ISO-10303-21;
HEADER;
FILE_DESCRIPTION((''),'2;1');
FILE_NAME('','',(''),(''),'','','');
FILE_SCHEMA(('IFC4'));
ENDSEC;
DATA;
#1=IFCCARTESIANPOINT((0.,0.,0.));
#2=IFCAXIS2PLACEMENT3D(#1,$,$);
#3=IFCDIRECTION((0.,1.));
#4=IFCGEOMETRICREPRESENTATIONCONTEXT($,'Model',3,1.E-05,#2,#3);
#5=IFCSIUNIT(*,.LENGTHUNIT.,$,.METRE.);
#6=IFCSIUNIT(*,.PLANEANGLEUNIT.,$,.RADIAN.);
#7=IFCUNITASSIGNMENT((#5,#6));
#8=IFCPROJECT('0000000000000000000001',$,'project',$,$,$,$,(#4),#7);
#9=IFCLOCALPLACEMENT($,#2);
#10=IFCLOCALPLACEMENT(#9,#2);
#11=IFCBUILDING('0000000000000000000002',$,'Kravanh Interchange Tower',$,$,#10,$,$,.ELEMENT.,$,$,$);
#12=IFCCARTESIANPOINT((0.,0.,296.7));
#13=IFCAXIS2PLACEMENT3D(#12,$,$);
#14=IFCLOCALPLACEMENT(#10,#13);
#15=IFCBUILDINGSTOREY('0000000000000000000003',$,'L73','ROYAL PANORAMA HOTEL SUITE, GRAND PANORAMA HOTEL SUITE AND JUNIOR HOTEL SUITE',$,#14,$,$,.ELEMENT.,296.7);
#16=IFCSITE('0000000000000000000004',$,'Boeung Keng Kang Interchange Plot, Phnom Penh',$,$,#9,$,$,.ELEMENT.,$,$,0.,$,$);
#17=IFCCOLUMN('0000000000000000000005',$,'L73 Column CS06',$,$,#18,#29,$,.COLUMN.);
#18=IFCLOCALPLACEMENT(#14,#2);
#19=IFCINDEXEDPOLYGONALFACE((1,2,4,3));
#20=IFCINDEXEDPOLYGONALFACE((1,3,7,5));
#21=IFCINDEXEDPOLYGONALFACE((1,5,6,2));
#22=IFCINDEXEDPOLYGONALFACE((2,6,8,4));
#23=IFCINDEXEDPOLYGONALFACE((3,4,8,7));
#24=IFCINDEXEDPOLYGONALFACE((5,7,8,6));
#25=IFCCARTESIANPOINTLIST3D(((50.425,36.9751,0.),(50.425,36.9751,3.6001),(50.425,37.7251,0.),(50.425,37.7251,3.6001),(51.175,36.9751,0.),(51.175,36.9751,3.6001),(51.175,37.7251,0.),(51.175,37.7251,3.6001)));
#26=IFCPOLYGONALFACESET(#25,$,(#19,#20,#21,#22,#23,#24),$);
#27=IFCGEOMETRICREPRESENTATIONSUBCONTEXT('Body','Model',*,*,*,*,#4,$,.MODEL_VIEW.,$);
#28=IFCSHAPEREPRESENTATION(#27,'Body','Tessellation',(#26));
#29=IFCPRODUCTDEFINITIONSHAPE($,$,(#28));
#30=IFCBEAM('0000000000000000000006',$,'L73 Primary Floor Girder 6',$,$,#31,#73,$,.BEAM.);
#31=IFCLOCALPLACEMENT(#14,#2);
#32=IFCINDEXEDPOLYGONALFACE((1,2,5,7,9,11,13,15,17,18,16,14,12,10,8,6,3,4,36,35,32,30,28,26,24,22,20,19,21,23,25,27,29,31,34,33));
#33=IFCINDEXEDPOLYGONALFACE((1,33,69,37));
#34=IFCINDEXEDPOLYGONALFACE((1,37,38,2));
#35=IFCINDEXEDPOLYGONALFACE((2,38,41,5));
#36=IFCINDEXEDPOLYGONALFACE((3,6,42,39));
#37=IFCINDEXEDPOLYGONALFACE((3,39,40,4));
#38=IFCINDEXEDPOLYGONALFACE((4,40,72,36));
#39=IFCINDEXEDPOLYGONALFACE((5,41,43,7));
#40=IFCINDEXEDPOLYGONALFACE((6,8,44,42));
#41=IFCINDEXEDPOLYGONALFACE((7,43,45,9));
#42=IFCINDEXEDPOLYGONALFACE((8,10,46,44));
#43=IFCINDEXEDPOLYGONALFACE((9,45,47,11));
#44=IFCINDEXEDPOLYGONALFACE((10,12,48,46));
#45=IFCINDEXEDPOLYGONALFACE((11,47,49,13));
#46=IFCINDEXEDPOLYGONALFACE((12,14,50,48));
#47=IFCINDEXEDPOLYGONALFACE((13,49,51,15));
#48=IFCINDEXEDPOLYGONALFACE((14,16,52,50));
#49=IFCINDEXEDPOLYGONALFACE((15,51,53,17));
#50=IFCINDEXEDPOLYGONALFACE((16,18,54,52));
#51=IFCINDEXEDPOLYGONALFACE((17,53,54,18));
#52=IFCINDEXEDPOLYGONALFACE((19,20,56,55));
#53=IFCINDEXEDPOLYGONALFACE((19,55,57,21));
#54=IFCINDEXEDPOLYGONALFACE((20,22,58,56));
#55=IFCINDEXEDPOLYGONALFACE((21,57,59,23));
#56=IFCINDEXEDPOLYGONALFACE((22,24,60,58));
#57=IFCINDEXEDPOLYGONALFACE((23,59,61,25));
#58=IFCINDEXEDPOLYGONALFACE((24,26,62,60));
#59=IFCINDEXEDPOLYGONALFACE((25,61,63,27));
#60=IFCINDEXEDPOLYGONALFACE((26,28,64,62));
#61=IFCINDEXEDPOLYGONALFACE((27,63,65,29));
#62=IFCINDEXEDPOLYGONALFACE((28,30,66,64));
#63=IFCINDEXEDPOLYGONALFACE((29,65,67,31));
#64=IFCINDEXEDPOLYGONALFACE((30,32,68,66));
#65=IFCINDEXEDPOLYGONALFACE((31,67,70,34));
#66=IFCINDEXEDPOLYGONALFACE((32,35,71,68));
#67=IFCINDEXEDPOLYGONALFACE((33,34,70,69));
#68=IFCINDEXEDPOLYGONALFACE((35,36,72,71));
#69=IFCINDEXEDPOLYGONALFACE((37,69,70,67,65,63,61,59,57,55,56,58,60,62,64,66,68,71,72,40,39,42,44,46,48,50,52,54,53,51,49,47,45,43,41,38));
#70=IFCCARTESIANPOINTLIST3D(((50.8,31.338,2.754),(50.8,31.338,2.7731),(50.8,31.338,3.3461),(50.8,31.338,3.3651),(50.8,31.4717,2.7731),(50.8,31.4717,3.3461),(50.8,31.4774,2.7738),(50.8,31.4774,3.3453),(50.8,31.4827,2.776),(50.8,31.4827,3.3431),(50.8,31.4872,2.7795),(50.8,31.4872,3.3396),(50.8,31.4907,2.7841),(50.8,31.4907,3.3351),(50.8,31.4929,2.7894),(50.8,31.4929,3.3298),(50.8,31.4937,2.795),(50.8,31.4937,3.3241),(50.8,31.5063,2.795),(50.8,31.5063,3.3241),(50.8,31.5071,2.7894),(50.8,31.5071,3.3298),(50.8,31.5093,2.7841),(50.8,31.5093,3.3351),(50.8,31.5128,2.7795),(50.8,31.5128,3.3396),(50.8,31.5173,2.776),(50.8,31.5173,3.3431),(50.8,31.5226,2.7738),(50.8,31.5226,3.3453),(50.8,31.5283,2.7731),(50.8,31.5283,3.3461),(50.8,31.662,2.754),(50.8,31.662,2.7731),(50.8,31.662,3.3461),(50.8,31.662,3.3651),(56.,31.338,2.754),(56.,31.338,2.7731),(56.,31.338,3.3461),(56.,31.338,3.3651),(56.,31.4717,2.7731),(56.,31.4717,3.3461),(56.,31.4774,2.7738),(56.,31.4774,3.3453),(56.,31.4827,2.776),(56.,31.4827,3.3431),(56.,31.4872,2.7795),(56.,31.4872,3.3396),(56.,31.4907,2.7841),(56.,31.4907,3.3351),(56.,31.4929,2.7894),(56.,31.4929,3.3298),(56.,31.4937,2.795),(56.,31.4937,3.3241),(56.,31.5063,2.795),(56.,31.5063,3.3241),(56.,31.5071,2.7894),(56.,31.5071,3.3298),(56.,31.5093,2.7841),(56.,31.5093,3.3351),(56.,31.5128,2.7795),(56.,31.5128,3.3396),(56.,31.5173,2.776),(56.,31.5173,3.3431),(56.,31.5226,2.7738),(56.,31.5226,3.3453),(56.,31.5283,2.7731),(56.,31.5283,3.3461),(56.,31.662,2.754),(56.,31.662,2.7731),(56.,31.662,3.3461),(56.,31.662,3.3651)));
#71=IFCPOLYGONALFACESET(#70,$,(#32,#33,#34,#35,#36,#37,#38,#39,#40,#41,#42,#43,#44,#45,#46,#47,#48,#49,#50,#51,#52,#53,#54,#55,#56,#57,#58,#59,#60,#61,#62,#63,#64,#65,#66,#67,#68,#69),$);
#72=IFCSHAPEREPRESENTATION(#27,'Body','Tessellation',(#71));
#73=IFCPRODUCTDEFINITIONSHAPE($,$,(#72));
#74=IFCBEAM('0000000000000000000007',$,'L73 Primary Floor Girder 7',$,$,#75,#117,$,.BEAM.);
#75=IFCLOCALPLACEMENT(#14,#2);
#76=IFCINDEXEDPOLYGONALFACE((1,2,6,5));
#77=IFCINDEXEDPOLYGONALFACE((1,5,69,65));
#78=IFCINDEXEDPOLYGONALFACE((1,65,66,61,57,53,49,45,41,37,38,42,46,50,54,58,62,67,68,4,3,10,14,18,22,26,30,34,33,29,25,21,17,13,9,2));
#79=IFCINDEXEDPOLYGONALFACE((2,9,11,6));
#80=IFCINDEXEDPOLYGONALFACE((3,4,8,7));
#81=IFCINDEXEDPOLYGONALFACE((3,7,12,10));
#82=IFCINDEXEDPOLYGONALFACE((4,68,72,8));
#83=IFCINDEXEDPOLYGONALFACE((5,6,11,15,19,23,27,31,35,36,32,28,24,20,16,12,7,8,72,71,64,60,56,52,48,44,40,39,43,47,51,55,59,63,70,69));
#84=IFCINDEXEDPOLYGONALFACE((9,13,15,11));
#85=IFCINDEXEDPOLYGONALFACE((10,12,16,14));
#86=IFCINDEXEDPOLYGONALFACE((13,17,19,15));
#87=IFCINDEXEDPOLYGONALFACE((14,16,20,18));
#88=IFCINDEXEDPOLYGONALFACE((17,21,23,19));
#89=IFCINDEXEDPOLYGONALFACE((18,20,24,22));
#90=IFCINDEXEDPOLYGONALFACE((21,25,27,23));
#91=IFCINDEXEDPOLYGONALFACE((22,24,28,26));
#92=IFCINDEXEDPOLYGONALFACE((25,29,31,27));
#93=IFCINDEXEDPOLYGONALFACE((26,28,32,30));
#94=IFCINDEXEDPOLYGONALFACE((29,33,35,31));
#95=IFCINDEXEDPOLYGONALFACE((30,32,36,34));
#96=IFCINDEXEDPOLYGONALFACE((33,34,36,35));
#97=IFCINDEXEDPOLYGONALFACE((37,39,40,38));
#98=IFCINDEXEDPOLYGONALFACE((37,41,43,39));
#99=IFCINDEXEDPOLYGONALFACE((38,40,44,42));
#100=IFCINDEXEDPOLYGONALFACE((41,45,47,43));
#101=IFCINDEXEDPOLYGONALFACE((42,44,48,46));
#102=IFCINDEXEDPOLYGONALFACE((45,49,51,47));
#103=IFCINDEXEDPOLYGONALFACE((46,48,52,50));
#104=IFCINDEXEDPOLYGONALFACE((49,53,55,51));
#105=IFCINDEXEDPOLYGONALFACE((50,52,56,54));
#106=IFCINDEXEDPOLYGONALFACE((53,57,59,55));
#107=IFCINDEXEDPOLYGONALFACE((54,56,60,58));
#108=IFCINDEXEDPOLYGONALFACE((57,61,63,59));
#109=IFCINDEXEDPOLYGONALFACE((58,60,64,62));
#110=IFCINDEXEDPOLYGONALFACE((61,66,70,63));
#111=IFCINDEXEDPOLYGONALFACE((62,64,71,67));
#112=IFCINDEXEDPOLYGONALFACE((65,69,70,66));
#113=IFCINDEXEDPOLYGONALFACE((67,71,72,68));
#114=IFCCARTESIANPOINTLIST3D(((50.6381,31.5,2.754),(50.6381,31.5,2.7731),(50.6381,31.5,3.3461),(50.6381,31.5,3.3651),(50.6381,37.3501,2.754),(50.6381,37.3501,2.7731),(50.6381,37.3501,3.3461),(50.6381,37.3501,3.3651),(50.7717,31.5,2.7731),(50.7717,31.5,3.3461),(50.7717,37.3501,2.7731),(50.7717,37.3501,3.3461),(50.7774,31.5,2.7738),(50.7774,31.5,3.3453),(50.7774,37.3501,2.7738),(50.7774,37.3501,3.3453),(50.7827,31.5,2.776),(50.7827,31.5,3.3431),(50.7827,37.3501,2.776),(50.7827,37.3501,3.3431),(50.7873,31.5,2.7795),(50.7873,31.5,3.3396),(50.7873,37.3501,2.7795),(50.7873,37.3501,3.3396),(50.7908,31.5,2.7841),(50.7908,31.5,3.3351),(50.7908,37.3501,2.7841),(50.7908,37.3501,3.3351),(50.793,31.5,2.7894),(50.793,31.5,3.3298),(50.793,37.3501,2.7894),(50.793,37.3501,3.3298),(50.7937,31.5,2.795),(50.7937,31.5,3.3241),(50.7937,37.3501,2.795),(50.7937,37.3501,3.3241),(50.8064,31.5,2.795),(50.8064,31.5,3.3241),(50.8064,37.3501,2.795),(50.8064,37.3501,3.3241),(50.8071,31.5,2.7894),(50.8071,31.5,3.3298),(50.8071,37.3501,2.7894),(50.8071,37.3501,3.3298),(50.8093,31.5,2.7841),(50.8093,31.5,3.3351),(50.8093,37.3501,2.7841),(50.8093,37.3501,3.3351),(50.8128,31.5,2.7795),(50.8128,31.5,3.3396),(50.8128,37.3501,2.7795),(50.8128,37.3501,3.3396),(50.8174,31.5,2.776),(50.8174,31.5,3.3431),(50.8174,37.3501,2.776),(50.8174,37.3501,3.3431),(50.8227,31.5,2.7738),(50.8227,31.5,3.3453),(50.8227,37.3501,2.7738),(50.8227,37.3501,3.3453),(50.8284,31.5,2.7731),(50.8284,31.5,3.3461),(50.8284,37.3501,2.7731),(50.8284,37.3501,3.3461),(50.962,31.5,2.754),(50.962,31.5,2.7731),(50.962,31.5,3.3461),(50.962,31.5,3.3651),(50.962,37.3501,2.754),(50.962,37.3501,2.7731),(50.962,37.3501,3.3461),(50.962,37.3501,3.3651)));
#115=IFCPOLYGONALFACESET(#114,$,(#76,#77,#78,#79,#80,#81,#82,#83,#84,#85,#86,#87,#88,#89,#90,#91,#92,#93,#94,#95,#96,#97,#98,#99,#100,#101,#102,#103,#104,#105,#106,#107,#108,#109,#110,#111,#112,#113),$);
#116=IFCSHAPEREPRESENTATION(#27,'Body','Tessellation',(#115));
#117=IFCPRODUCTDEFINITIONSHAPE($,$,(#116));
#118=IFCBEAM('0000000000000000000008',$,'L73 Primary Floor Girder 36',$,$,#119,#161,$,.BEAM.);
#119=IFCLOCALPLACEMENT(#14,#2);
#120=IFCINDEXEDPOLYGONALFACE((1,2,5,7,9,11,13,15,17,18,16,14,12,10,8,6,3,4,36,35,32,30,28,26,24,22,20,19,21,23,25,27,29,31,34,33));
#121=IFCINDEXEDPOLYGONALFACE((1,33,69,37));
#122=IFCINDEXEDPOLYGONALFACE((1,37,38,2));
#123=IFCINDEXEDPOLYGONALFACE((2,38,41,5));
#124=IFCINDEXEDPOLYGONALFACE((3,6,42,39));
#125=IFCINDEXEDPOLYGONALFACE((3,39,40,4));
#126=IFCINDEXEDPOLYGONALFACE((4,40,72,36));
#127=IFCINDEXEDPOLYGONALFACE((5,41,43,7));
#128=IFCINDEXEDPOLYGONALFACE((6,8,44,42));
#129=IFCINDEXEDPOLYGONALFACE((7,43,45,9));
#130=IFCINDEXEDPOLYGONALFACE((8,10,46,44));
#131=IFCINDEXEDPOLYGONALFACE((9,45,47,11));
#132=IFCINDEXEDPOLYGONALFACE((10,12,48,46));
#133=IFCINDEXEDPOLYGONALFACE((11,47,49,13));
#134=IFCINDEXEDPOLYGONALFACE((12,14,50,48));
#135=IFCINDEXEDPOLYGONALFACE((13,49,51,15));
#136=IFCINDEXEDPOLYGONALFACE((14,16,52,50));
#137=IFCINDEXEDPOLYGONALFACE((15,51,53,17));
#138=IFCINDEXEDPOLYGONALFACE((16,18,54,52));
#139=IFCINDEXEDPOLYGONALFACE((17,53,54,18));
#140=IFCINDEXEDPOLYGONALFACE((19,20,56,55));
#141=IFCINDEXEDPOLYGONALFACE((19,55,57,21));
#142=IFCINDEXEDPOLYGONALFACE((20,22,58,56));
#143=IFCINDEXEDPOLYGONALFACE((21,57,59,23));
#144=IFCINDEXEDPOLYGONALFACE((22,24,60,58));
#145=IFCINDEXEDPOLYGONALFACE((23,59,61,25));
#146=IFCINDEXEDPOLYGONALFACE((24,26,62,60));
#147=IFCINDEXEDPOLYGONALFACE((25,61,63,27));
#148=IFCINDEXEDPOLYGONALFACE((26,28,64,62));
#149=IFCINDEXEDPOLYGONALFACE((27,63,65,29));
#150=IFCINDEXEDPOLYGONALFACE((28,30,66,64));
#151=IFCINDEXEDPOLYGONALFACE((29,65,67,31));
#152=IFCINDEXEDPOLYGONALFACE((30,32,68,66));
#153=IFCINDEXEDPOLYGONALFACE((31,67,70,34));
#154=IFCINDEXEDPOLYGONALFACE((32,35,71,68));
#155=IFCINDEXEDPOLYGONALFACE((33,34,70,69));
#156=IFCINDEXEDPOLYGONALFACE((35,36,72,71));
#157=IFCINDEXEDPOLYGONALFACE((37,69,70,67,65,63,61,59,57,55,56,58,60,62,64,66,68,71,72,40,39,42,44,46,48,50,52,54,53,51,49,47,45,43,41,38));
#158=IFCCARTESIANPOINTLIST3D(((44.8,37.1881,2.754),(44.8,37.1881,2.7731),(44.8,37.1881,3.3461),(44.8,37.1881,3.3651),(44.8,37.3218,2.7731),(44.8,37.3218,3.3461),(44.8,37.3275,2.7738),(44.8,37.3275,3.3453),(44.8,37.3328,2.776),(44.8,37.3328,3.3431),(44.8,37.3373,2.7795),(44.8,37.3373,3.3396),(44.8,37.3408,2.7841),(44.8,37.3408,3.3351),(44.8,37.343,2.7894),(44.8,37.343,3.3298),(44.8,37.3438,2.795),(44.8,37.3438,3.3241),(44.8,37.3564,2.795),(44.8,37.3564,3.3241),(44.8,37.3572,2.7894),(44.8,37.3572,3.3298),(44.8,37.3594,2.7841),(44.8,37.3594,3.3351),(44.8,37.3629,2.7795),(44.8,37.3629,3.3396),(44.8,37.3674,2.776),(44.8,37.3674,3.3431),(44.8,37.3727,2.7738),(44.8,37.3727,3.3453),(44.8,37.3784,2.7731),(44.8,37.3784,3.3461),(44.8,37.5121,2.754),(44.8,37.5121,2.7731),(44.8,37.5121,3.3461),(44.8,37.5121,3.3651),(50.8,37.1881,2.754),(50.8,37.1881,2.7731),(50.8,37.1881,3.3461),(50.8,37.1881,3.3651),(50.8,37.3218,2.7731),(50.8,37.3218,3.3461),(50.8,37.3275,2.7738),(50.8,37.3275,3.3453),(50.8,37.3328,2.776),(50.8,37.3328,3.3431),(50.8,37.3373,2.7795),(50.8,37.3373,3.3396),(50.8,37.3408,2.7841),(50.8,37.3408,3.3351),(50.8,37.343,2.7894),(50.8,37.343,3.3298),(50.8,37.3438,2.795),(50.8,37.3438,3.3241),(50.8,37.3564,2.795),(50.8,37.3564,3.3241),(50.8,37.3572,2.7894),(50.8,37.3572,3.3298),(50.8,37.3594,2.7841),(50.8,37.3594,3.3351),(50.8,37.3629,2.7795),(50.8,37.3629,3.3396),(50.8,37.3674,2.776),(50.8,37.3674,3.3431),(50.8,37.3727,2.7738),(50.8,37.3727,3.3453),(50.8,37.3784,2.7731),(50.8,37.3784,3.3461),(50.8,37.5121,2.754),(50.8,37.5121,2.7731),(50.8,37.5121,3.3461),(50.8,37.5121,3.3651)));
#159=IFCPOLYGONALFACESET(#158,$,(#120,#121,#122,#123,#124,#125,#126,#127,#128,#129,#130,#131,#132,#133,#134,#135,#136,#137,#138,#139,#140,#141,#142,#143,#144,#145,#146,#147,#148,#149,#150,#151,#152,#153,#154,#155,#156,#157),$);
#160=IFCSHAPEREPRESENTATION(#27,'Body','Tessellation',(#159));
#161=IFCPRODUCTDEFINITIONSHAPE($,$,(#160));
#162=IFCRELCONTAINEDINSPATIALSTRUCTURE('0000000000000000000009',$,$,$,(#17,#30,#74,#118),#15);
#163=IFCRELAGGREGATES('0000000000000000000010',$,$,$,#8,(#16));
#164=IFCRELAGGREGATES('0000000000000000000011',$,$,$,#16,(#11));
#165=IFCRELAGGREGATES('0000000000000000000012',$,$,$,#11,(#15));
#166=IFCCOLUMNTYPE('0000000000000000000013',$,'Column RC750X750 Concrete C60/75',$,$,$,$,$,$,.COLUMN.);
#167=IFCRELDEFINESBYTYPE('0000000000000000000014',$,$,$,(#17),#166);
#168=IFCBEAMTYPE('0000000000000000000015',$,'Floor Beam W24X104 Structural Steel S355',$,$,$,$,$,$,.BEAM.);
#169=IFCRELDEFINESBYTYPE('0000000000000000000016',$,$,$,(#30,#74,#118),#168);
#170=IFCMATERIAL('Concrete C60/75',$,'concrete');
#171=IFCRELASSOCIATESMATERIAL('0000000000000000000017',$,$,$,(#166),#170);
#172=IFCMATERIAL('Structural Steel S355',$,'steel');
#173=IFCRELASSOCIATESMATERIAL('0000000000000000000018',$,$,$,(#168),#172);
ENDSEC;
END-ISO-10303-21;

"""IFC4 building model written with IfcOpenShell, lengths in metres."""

from ifc_helpers import new_model, si_unit, direction, frame, origin, origin_2d, place, context, subcontext, project, spatial, rectangle, i_section, extrude, material, material_profile, profile_set, type_object, element, save


model = new_model("IFC4")

# Units and contexts
model_context = context("Model", 3, precision=1e-05, world=origin(), true_north=direction((0.0, 1.0)))
body_context = subcontext(model_context, "Body", "Model", "MODEL_VIEW")
ifc_project = project(units=[si_unit("LENGTHUNIT", "METRE"), si_unit("PLANEANGLEUNIT", "RADIAN")], contexts=[model_context])

# Site, building, storey
site_placement = place(None, origin())
site = spatial("IfcSite", under=ifc_project, at=site_placement, Name="Boeung Keng Kang Interchange Plot, Phnom Penh", CompositionType="ELEMENT", RefElevation=0.0)
building_placement = place(site_placement, origin())
building = spatial("IfcBuilding", under=site, at=building_placement, Name="Kravanh Interchange Tower", CompositionType="ELEMENT")
storey_placement = place(building_placement, frame((0.0, 0.0, 296.7)))
storey = spatial("IfcBuildingStorey", under=building, at=storey_placement, Name="L73", Description="ROYAL PANORAMA HOTEL SUITE, GRAND PANORAMA HOTEL SUITE AND JUNIOR HOTEL SUITE", CompositionType="ELEMENT", Elevation=296.7)

# Column
ifc_material_1 = material(Name="Concrete C60/75", Category="concrete")
ifc_material_profile_1 = material_profile(ifc_material_1, rectangle(XDim=0.75, YDim=0.75, at=origin_2d()), Name="RC750X750")
ifc_profile_set_1 = profile_set([ifc_material_profile_1], Name="Concrete C60/75")
column_type = type_object("IfcColumnType", Name="Column RC750X750 Concrete C60/75", PredefinedType="COLUMN", material=ifc_profile_set_1)
column_placement = place(storey_placement, frame((50.8, 37.3501, 0.0), z_axis=(0.0, 0.0, 1.0), x_axis=(1.0, 0.0, 0.0)))
element("IfcColumn", 1, at=column_placement, inside=storey, type_object=column_type, Name="L73 Column CS06", PredefinedType="COLUMN", context=body_context, shape_type="SweptSolid", body=[
    extrude(rectangle(XDim=0.75, YDim=0.75, at=origin_2d()), origin(), (0.0, 0.0, 1.0), 3.6001),
])

# Beams
ifc_material_2 = material(Name="Structural Steel S355", Category="steel")
ifc_material_profile_2 = material_profile(ifc_material_2, i_section(OverallWidth=0.324, OverallDepth=0.6111, WebThickness=0.0127, FlangeThickness=0.019, FilletRadius=0.022, at=origin_2d()), Name="W24X104")
ifc_profile_set_2 = profile_set([ifc_material_profile_2], Name="Structural Steel S355")
beam_type_1 = type_object("IfcBeamType", Name="Floor Beam W24X104 Structural Steel S355", PredefinedType="BEAM", material=ifc_profile_set_2)
beam_1_placement = place(storey_placement, frame((50.8, 31.5, 3.0596), z_axis=(1.0, 0.0, 0.0), x_axis=(0.0, 1.0, 0.0)))
element("IfcBeam", 2, at=beam_1_placement, inside=storey, type_object=beam_type_1, Name="L73 Primary Floor Girder 6", PredefinedType="BEAM", context=body_context, shape_type="SweptSolid", body=[
    extrude(i_section(OverallWidth=0.324, OverallDepth=0.6111, WebThickness=0.0127, FlangeThickness=0.019, FilletRadius=0.022, at=origin_2d()), origin(), (0.0, 0.0, 1.0), 5.2),
])
beam_2_placement = place(storey_placement, frame((50.8, 31.5, 3.0596), z_axis=(0.0, 1.0, 0.0), x_axis=(-1.0, 0.0, 0.0)))
element("IfcBeam", 3, at=beam_2_placement, inside=storey, type_object=beam_type_1, Name="L73 Primary Floor Girder 7", PredefinedType="BEAM", context=body_context, shape_type="SweptSolid", body=[
    extrude(i_section(OverallWidth=0.324, OverallDepth=0.6111, WebThickness=0.0127, FlangeThickness=0.019, FilletRadius=0.022, at=origin_2d()), origin(), (0.0, 0.0, 1.0), 5.8501),
])
beam_3_placement = place(storey_placement, frame((50.8, 37.3501, 3.0596), z_axis=(-1.0, 0.0, 0.0), x_axis=(0.0, -1.0, 0.0)))
element("IfcBeam", 4, at=beam_3_placement, inside=storey, type_object=beam_type_1, Name="L73 Primary Floor Girder 36", PredefinedType="BEAM", context=body_context, shape_type="SweptSolid", body=[
    extrude(i_section(OverallWidth=0.324, OverallDepth=0.6111, WebThickness=0.0127, FlangeThickness=0.019, FilletRadius=0.022, at=origin_2d()), origin(), (0.0, 0.0, 1.0), 6.0),
])

save(model, "model.ifc")
